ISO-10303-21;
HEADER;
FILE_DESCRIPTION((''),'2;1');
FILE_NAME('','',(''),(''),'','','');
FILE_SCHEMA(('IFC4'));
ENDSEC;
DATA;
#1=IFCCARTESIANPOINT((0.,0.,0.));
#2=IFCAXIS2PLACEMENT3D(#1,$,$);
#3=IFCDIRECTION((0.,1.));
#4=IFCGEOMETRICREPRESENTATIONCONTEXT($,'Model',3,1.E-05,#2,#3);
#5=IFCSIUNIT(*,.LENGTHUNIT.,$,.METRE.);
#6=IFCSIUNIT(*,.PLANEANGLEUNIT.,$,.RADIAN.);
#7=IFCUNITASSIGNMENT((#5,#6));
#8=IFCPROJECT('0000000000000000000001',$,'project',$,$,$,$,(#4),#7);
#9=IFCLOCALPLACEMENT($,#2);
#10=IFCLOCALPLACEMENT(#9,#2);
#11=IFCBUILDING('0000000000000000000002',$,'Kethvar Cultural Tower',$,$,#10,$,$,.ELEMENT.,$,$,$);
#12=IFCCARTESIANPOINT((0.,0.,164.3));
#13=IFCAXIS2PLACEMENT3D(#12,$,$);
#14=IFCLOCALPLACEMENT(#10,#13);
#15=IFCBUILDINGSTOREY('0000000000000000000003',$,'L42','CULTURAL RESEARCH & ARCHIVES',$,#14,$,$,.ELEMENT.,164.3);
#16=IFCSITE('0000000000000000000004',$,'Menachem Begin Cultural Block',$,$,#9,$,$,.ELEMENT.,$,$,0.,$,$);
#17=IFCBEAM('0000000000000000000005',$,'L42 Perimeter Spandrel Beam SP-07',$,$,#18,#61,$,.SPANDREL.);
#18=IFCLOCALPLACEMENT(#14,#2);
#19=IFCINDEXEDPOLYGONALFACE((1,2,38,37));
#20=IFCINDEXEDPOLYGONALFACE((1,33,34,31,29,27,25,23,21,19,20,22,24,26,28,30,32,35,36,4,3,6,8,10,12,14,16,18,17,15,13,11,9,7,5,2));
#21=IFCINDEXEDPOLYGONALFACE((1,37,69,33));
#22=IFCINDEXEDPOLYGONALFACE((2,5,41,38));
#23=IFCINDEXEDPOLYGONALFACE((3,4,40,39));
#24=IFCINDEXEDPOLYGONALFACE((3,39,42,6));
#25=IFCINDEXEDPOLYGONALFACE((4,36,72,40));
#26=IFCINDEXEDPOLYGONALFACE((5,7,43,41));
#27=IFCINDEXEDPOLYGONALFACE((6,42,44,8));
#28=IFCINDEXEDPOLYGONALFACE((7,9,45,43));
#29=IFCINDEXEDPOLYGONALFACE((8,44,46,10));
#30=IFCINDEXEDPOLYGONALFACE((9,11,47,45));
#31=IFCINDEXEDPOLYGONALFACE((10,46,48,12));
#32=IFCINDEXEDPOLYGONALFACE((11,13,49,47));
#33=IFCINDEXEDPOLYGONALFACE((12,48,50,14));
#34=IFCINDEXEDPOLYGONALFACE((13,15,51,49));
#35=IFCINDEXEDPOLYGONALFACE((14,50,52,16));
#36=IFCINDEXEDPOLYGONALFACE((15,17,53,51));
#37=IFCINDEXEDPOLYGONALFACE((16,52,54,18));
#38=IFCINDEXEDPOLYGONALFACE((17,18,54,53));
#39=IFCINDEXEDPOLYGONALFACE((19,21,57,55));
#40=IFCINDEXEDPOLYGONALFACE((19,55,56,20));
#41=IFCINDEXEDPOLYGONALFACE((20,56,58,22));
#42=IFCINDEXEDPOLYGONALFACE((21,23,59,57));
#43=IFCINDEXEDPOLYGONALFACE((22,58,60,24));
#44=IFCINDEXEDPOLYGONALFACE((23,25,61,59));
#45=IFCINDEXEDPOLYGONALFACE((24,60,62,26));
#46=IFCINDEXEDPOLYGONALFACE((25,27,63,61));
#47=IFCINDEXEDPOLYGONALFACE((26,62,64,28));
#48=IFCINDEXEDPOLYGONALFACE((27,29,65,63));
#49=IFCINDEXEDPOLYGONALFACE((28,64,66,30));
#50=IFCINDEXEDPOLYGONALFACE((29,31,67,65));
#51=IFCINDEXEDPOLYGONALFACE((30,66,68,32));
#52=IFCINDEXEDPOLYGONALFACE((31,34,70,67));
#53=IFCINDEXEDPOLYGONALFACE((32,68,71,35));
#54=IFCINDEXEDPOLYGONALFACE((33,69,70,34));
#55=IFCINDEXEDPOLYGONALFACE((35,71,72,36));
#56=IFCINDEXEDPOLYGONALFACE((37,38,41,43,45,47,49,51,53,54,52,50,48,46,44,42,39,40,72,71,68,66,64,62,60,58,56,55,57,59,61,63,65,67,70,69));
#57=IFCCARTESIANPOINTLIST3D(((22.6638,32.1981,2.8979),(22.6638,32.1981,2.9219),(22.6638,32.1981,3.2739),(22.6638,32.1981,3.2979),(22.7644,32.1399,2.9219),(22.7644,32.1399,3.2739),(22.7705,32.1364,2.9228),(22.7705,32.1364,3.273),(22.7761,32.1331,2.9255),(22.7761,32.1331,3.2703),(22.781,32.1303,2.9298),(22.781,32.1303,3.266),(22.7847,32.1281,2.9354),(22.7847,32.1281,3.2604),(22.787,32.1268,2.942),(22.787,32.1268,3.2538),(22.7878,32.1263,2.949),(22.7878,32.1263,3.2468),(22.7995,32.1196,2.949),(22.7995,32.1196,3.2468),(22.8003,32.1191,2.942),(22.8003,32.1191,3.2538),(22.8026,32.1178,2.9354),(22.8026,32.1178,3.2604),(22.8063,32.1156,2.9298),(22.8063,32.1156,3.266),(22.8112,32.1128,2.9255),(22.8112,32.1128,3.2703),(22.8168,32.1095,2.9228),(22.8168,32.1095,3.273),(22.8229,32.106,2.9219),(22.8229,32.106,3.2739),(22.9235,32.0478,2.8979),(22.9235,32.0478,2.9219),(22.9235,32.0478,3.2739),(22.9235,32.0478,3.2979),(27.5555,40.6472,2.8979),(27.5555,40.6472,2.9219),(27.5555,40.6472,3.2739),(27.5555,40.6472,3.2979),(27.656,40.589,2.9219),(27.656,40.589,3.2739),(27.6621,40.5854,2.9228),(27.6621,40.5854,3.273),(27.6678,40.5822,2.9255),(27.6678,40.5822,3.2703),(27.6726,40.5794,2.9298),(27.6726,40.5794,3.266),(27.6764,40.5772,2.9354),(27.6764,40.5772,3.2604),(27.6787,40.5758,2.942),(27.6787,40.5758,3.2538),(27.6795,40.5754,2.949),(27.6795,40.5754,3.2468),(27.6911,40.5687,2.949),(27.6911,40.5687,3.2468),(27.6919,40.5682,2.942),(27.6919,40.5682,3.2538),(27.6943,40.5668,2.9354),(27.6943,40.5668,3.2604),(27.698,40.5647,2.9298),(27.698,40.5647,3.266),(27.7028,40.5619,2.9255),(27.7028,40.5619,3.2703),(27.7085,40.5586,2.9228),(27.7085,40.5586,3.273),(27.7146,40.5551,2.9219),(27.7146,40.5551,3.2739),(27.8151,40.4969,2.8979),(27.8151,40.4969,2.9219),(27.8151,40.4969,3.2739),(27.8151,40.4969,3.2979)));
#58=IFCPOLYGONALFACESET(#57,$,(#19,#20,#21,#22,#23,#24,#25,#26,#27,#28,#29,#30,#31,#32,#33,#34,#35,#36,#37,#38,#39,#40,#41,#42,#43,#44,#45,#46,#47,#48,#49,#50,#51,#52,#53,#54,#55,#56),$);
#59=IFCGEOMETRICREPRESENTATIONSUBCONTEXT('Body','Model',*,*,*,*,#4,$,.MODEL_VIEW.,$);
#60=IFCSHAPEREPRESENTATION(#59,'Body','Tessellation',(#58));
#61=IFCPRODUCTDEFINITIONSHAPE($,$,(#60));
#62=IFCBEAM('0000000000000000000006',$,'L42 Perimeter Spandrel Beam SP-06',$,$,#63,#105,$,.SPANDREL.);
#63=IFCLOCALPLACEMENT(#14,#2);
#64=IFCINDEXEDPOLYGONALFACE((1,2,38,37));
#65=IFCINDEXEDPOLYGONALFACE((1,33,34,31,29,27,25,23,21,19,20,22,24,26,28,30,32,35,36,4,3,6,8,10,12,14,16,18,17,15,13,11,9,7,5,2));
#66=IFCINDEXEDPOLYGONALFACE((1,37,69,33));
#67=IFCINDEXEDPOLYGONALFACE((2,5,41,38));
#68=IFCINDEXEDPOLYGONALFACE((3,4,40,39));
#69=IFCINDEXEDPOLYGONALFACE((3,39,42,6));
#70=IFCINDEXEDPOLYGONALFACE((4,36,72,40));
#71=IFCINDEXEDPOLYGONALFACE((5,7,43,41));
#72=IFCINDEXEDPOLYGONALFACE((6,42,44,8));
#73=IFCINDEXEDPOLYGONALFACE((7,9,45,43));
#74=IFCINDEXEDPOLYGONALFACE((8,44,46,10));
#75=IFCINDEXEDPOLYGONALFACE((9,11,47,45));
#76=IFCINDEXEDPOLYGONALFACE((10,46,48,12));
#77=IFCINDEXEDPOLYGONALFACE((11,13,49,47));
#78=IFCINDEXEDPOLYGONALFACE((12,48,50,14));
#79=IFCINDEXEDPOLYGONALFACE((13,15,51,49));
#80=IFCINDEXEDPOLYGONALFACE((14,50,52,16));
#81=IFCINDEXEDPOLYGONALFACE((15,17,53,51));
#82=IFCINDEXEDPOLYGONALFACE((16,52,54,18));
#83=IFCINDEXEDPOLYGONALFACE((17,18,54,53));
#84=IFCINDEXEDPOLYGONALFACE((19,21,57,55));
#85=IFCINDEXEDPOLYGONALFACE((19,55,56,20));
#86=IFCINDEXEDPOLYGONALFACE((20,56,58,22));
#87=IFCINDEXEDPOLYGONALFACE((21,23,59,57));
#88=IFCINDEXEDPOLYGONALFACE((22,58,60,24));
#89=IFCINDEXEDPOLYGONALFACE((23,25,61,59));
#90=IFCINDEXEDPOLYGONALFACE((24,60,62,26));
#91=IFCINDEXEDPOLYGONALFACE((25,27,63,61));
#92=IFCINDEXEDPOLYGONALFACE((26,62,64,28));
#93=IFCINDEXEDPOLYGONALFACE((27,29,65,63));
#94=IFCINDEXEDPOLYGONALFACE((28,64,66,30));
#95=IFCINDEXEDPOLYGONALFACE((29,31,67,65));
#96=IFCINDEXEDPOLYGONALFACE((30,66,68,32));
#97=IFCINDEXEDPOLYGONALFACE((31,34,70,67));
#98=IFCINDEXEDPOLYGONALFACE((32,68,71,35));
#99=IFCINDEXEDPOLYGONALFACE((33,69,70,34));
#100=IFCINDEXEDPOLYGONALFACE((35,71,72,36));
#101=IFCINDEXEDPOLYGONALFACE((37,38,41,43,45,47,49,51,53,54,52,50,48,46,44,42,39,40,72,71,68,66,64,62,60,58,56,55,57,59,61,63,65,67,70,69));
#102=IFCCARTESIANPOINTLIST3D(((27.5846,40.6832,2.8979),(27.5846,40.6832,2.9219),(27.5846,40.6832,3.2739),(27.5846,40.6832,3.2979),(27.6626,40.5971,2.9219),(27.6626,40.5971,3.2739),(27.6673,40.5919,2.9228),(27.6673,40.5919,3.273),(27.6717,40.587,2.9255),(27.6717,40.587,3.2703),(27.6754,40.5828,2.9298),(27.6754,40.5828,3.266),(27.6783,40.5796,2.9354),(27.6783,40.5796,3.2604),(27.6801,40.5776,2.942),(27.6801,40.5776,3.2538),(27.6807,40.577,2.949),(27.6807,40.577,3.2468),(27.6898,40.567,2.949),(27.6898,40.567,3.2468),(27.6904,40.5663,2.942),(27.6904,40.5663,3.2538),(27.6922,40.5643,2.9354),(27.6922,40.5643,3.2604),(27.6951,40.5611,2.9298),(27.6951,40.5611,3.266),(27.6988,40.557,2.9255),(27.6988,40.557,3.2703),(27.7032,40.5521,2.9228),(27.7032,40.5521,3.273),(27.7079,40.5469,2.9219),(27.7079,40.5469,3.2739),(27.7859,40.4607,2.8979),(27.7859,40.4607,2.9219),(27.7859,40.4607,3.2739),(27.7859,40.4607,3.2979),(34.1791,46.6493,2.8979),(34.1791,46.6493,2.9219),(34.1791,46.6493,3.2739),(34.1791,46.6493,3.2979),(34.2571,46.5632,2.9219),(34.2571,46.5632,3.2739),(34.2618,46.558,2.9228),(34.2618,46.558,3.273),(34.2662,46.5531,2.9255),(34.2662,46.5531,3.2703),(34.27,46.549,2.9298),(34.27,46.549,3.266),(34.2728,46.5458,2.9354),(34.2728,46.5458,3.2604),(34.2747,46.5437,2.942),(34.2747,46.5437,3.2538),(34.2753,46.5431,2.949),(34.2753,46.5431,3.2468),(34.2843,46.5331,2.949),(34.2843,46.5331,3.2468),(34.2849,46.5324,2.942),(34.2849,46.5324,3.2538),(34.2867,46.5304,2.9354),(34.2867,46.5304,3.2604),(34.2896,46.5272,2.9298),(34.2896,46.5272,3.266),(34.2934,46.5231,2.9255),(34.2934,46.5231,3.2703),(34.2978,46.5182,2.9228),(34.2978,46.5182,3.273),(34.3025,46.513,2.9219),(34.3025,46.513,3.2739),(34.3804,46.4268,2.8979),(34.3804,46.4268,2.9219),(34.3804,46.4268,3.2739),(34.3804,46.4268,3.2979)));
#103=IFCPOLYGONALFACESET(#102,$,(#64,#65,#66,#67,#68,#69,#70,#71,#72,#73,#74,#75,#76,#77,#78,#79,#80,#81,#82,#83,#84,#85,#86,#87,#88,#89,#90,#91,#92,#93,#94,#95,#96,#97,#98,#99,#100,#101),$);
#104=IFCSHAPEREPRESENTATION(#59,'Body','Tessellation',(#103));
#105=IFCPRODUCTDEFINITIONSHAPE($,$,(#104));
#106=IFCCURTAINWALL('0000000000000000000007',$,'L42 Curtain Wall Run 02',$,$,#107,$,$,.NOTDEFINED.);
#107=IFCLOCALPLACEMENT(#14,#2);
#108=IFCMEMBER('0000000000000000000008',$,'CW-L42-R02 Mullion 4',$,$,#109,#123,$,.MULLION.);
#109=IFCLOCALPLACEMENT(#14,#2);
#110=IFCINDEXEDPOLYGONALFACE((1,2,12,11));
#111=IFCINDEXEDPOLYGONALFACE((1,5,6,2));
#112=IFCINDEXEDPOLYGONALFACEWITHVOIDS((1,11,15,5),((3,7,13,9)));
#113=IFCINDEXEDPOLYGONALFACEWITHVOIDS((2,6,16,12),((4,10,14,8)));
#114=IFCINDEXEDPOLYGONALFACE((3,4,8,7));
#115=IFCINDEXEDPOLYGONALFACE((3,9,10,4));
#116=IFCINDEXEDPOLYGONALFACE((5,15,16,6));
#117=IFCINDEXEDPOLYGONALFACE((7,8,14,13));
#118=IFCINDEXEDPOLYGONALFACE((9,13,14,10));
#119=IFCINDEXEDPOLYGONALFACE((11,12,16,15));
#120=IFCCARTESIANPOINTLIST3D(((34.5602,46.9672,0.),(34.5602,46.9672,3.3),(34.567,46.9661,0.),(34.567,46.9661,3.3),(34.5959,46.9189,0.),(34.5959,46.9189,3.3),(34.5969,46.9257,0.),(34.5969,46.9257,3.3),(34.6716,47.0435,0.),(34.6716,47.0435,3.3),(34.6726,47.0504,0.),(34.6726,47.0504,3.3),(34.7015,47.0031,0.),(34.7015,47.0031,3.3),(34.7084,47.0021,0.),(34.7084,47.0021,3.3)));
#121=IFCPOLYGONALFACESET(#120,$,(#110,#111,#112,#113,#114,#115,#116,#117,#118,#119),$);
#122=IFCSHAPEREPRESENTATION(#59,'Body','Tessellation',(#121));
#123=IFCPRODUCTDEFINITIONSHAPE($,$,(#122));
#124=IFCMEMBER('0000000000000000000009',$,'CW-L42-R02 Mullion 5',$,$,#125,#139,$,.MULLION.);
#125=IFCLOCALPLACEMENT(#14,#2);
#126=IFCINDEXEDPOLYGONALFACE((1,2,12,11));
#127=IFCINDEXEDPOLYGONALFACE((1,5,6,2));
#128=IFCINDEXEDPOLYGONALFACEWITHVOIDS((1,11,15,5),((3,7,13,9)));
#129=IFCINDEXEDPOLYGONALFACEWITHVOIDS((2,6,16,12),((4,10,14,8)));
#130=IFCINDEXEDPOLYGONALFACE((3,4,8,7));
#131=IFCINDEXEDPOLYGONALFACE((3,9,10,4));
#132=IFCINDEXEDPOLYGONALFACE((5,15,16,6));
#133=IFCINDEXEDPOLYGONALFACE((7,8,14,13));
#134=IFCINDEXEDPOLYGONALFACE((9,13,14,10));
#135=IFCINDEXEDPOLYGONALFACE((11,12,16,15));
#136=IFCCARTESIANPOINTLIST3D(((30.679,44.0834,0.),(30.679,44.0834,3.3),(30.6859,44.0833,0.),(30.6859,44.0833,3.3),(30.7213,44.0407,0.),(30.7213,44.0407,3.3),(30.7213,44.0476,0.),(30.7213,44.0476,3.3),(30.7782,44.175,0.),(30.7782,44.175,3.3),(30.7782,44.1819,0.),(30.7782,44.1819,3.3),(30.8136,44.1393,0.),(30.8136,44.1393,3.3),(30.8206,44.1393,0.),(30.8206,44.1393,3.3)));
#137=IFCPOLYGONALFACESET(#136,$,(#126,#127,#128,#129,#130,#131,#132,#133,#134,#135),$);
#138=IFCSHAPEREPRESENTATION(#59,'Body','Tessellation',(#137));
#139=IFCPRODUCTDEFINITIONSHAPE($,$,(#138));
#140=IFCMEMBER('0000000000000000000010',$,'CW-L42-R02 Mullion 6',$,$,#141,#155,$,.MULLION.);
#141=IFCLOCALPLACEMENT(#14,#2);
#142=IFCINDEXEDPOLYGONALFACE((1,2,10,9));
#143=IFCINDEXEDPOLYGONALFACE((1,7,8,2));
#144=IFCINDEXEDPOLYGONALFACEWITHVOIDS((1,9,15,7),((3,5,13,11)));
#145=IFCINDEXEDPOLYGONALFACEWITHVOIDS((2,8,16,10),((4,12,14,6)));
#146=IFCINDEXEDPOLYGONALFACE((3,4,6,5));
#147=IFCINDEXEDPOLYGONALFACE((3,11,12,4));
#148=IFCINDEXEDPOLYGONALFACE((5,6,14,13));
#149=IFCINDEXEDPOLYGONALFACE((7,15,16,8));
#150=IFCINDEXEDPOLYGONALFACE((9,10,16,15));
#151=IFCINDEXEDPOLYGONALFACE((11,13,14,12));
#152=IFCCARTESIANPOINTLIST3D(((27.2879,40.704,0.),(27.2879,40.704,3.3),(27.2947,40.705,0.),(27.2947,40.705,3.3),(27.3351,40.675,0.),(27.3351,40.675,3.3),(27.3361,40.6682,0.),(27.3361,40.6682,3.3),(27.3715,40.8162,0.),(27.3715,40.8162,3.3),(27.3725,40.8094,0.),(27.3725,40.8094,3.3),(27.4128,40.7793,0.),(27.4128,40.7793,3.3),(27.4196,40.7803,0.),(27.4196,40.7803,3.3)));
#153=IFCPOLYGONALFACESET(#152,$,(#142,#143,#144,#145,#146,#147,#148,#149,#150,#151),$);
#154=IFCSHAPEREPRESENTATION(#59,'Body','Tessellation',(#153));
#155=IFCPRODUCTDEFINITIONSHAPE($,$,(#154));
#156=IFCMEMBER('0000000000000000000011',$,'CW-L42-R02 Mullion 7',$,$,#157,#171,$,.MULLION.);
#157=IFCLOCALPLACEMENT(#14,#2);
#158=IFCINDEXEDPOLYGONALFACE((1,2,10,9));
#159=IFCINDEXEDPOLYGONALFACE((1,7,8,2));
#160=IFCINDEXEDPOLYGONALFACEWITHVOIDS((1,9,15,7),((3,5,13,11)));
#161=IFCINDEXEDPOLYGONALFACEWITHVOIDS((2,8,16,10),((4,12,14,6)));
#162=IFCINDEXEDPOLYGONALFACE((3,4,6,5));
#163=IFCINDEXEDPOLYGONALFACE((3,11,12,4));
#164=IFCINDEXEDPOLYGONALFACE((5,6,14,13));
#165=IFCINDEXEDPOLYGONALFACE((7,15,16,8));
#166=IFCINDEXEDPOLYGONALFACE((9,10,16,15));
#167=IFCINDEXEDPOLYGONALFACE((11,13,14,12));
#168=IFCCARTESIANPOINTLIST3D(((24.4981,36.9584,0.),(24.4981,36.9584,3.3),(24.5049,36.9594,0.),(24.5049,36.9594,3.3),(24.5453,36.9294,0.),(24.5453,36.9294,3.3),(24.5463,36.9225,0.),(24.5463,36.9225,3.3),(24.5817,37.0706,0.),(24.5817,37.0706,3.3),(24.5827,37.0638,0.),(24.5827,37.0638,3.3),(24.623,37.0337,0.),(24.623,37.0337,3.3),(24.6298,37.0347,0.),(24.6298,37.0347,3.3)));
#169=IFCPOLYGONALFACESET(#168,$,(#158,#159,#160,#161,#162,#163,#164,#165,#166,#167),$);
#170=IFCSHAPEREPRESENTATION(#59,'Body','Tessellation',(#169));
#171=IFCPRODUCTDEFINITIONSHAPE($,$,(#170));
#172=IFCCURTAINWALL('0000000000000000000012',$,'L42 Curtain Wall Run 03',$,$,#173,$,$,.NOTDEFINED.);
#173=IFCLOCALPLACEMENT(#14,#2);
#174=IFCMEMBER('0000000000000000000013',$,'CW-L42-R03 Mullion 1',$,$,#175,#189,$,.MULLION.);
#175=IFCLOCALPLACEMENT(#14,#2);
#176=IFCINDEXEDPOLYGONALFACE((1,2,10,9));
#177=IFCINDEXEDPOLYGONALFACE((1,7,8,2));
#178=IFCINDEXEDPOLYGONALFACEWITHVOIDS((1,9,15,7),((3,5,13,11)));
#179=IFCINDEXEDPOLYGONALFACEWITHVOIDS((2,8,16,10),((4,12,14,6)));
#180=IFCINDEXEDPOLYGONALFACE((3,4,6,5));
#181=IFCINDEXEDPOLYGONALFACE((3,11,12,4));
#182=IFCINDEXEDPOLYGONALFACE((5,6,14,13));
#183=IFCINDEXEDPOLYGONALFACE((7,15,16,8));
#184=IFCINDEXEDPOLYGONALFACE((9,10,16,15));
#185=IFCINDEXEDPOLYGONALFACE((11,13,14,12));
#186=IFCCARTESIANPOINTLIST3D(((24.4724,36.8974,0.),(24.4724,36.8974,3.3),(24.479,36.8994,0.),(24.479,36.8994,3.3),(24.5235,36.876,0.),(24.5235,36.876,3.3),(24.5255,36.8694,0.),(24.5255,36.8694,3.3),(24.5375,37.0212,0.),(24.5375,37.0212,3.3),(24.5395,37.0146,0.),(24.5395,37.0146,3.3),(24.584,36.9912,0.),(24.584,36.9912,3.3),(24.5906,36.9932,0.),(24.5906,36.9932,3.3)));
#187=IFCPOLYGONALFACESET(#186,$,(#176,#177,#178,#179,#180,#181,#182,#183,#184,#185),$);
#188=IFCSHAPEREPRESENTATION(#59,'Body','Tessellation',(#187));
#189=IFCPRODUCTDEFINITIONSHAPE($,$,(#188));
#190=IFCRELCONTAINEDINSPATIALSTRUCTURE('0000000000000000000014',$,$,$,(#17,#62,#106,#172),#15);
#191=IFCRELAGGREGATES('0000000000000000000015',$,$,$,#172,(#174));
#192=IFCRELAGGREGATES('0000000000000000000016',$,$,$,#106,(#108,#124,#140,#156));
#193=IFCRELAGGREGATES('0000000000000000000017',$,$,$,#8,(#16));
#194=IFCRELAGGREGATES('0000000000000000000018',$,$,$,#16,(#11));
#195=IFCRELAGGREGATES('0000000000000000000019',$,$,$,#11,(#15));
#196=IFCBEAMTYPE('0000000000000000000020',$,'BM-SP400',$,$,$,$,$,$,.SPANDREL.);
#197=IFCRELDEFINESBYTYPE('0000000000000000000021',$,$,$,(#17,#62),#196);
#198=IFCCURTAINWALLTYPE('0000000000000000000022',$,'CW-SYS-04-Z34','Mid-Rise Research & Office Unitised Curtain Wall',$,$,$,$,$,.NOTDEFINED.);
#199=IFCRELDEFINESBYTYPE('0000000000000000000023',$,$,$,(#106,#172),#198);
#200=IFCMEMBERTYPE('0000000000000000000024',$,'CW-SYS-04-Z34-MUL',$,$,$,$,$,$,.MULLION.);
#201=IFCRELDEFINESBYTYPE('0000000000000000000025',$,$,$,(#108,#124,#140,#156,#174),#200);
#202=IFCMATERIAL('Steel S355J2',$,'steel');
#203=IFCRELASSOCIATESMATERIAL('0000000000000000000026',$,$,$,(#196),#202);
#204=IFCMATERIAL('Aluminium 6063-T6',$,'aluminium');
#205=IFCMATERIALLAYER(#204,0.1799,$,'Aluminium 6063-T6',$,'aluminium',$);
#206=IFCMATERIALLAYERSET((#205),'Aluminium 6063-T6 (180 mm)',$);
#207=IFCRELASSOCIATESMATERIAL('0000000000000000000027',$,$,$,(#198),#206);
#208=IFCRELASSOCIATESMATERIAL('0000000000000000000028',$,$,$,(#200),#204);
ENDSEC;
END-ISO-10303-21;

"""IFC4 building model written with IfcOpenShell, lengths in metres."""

from ifc_helpers import new_model, si_unit, direction, frame, origin, origin_2d, place, context, subcontext, project, spatial, hollow_rectangle, i_section, extrude, source, transform, mapped, material, layer, layer_set, material_profile, profile_set, type_object, element, aggregate, save


model = new_model("IFC4")

# Units and contexts
model_context = context("Model", 3, precision=1e-05, world=origin(), true_north=direction((0.0, 1.0)))
body_context = subcontext(model_context, "Body", "Model", "MODEL_VIEW")
ifc_project = project(units=[si_unit("LENGTHUNIT", "METRE"), si_unit("PLANEANGLEUNIT", "RADIAN")], contexts=[model_context])

# Site, building, storey
site_placement = place(None, origin())
site = spatial("IfcSite", under=ifc_project, at=site_placement, Name="Menachem Begin Cultural Block", CompositionType="ELEMENT", RefElevation=0.0)
building_placement = place(site_placement, origin())
building = spatial("IfcBuilding", under=site, at=building_placement, Name="Kethvar Cultural Tower", CompositionType="ELEMENT")
storey_placement = place(building_placement, frame((0.0, 0.0, 164.3)))
storey = spatial("IfcBuildingStorey", under=building, at=storey_placement, Name="L42", Description="CULTURAL RESEARCH & ARCHIVES", CompositionType="ELEMENT", Elevation=164.3)

# Beams
ifc_material_1 = material(Name="Steel S355J2", Category="steel")
ifc_material_profile_1 = material_profile(ifc_material_1, i_section(OverallWidth=0.3, OverallDepth=0.3999, WebThickness=0.0134, FlangeThickness=0.0239, FilletRadius=0.0271, at=origin_2d()), Name="Steel S355J2 — HEB400")
ifc_profile_set_1 = profile_set([ifc_material_profile_1], Name="Steel S355J2 — HEB400")
beam_type_1 = type_object("IfcBeamType", Name="BM-SP400", PredefinedType="SPANDREL", material=ifc_profile_set_1)
shared_shape_1 = source(origin(), body_context, "Body", "SweptSolid", [
    extrude(i_section(OverallWidth=0.3, OverallDepth=0.3999, WebThickness=0.0134, FlangeThickness=0.0239, FilletRadius=0.0271, at=origin_2d()), origin(), (0.0, 0.0, 1.0), 9.7629),
])
beam_1_placement = place(storey_placement, frame((27.6853, 40.572, 3.0979), z_axis=(-0.501043, -0.865422, 0.0), x_axis=(0.865422, -0.501043, 0.0)))
element("IfcBeam", 1, at=beam_1_placement, inside=storey, type_object=beam_type_1, Name="L42 Perimeter Spandrel Beam SP-07", PredefinedType="SPANDREL", context=body_context, shape_type="MappedRepresentation", body=[
    mapped(shared_shape_1, transform((0.0, 0.0, 0.0), scale=1.0)),
])
shared_shape_2 = source(origin(), body_context, "Body", "SweptSolid", [
    extrude(i_section(OverallWidth=0.3, OverallDepth=0.3999, WebThickness=0.0134, FlangeThickness=0.0239, FilletRadius=0.0271, at=origin_2d()), origin(), (0.0, 0.0, 1.0), 8.8928),
])
beam_2_placement = place(storey_placement, frame((34.2798, 46.5381, 3.0979), z_axis=(-0.741557, -0.67089, 0.0), x_axis=(0.67089, -0.741557, 0.0)))
element("IfcBeam", 2, at=beam_2_placement, inside=storey, type_object=beam_type_1, Name="L42 Perimeter Spandrel Beam SP-06", PredefinedType="SPANDREL", context=body_context, shape_type="MappedRepresentation", body=[
    mapped(shared_shape_2, transform((0.0, 0.0, 0.0), scale=1.0)),
])

# Curtain wall, members
ifc_material_2 = material(Name="Aluminium 6063-T6", Category="aluminium")
ifc_layer_1 = layer(ifc_material_2, 0.1799, Name="Aluminium 6063-T6", Category="aluminium")
ifc_layer_set_1 = layer_set([ifc_layer_1], Name="Aluminium 6063-T6 (180 mm)")
curtain_wall_type = type_object("IfcCurtainWallType", Name="CW-SYS-04-Z34", Description="Mid-Rise Research & Office Unitised Curtain Wall", PredefinedType="NOTDEFINED", material=ifc_layer_set_1)
curtain_wall_1_placement = place(storey_placement, origin())
curtain_wall_1 = element("IfcCurtainWall", 3, at=curtain_wall_1_placement, inside=storey, type_object=curtain_wall_type, Name="L42 Curtain Wall Run 02", PredefinedType="NOTDEFINED")
ifc_material_profile_2 = material_profile(ifc_material_2, hollow_rectangle(XDim=0.0601, YDim=0.1399, WallThickness=0.0049, at=origin_2d()), Name="Aluminium 6063-T6 — RHS140x60x5")
ifc_profile_set_2 = profile_set([ifc_material_profile_2], Name="Aluminium 6063-T6 — RHS140x60x5")
member_type_1 = type_object("IfcMemberType", Name="CW-SYS-04-Z34-MUL", PredefinedType="MULLION", material=ifc_profile_set_2)
shared_shape_3 = source(origin(), body_context, "Body", "SweptSolid", [
    extrude(hollow_rectangle(XDim=0.0601, YDim=0.1399, WallThickness=0.0049, at=origin_2d()), origin(), (0.0, 0.0, 1.0), 3.3),
])
member_1_placement = place(storey_placement, frame((34.6343, 46.9846, 0.0), z_axis=(0.0, 0.0, 1.0), x_axis=(0.594851, -0.803836, 0.0)))
member_1 = element("IfcMember", 4, at=member_1_placement, type_object=member_type_1, Name="CW-L42-R02 Mullion 4", PredefinedType="MULLION", context=body_context, shape_type="MappedRepresentation", body=[
    mapped(shared_shape_3, transform((0.0, 0.0, 0.0), scale=1.0)),
])
member_2_placement = place(storey_placement, frame((30.7498, 44.1113, 0.0), z_axis=(0.0, 0.0, 1.0), x_axis=(0.70451, -0.709694, 0.0)))
member_2 = element("IfcMember", 5, at=member_2_placement, type_object=member_type_1, Name="CW-L42-R02 Mullion 5", PredefinedType="MULLION", context=body_context, shape_type="MappedRepresentation", body=[
    mapped(shared_shape_3, transform((0.0, 0.0, 0.0), scale=1.0)),
])
member_3_placement = place(storey_placement, frame((27.3538, 40.7422, 0.0), z_axis=(0.0, 0.0, 1.0), x_axis=(0.801974, -0.597359, 0.0)))
member_3 = element("IfcMember", 6, at=member_3_placement, type_object=member_type_1, Name="CW-L42-R02 Mullion 6", PredefinedType="MULLION", context=body_context, shape_type="MappedRepresentation", body=[
    mapped(shared_shape_3, transform((0.0, 0.0, 0.0), scale=1.0)),
])
member_4_placement = place(storey_placement, frame((24.564, 36.9966, 0.0), z_axis=(0.0, 0.0, 1.0), x_axis=(0.801974, -0.597359, 0.0)))
member_4 = element("IfcMember", 7, at=member_4_placement, type_object=member_type_1, Name="CW-L42-R02 Mullion 7", PredefinedType="MULLION", context=body_context, shape_type="MappedRepresentation", body=[
    mapped(shared_shape_3, transform((0.0, 0.0, 0.0), scale=1.0)),
])

# Curtain wall, member
curtain_wall_2_placement = place(storey_placement, origin())
curtain_wall_2 = element("IfcCurtainWall", 8, at=curtain_wall_2_placement, inside=storey, type_object=curtain_wall_type, Name="L42 Curtain Wall Run 03", PredefinedType="NOTDEFINED")
member_5_placement = place(storey_placement, frame((24.5315, 36.9453, 0.0), z_axis=(0.0, 0.0, 1.0), x_axis=(0.885045, -0.465506, 0.0)))
member_5 = element("IfcMember", 9, at=member_5_placement, type_object=member_type_1, Name="CW-L42-R03 Mullion 1", PredefinedType="MULLION", context=body_context, shape_type="MappedRepresentation", body=[
    mapped(shared_shape_3, transform((0.0, 0.0, 0.0), scale=1.0)),
])

aggregate(curtain_wall_2, [member_5])

aggregate(curtain_wall_1, [member_1, member_2, member_3, member_4])

save(model, "model.ifc")
